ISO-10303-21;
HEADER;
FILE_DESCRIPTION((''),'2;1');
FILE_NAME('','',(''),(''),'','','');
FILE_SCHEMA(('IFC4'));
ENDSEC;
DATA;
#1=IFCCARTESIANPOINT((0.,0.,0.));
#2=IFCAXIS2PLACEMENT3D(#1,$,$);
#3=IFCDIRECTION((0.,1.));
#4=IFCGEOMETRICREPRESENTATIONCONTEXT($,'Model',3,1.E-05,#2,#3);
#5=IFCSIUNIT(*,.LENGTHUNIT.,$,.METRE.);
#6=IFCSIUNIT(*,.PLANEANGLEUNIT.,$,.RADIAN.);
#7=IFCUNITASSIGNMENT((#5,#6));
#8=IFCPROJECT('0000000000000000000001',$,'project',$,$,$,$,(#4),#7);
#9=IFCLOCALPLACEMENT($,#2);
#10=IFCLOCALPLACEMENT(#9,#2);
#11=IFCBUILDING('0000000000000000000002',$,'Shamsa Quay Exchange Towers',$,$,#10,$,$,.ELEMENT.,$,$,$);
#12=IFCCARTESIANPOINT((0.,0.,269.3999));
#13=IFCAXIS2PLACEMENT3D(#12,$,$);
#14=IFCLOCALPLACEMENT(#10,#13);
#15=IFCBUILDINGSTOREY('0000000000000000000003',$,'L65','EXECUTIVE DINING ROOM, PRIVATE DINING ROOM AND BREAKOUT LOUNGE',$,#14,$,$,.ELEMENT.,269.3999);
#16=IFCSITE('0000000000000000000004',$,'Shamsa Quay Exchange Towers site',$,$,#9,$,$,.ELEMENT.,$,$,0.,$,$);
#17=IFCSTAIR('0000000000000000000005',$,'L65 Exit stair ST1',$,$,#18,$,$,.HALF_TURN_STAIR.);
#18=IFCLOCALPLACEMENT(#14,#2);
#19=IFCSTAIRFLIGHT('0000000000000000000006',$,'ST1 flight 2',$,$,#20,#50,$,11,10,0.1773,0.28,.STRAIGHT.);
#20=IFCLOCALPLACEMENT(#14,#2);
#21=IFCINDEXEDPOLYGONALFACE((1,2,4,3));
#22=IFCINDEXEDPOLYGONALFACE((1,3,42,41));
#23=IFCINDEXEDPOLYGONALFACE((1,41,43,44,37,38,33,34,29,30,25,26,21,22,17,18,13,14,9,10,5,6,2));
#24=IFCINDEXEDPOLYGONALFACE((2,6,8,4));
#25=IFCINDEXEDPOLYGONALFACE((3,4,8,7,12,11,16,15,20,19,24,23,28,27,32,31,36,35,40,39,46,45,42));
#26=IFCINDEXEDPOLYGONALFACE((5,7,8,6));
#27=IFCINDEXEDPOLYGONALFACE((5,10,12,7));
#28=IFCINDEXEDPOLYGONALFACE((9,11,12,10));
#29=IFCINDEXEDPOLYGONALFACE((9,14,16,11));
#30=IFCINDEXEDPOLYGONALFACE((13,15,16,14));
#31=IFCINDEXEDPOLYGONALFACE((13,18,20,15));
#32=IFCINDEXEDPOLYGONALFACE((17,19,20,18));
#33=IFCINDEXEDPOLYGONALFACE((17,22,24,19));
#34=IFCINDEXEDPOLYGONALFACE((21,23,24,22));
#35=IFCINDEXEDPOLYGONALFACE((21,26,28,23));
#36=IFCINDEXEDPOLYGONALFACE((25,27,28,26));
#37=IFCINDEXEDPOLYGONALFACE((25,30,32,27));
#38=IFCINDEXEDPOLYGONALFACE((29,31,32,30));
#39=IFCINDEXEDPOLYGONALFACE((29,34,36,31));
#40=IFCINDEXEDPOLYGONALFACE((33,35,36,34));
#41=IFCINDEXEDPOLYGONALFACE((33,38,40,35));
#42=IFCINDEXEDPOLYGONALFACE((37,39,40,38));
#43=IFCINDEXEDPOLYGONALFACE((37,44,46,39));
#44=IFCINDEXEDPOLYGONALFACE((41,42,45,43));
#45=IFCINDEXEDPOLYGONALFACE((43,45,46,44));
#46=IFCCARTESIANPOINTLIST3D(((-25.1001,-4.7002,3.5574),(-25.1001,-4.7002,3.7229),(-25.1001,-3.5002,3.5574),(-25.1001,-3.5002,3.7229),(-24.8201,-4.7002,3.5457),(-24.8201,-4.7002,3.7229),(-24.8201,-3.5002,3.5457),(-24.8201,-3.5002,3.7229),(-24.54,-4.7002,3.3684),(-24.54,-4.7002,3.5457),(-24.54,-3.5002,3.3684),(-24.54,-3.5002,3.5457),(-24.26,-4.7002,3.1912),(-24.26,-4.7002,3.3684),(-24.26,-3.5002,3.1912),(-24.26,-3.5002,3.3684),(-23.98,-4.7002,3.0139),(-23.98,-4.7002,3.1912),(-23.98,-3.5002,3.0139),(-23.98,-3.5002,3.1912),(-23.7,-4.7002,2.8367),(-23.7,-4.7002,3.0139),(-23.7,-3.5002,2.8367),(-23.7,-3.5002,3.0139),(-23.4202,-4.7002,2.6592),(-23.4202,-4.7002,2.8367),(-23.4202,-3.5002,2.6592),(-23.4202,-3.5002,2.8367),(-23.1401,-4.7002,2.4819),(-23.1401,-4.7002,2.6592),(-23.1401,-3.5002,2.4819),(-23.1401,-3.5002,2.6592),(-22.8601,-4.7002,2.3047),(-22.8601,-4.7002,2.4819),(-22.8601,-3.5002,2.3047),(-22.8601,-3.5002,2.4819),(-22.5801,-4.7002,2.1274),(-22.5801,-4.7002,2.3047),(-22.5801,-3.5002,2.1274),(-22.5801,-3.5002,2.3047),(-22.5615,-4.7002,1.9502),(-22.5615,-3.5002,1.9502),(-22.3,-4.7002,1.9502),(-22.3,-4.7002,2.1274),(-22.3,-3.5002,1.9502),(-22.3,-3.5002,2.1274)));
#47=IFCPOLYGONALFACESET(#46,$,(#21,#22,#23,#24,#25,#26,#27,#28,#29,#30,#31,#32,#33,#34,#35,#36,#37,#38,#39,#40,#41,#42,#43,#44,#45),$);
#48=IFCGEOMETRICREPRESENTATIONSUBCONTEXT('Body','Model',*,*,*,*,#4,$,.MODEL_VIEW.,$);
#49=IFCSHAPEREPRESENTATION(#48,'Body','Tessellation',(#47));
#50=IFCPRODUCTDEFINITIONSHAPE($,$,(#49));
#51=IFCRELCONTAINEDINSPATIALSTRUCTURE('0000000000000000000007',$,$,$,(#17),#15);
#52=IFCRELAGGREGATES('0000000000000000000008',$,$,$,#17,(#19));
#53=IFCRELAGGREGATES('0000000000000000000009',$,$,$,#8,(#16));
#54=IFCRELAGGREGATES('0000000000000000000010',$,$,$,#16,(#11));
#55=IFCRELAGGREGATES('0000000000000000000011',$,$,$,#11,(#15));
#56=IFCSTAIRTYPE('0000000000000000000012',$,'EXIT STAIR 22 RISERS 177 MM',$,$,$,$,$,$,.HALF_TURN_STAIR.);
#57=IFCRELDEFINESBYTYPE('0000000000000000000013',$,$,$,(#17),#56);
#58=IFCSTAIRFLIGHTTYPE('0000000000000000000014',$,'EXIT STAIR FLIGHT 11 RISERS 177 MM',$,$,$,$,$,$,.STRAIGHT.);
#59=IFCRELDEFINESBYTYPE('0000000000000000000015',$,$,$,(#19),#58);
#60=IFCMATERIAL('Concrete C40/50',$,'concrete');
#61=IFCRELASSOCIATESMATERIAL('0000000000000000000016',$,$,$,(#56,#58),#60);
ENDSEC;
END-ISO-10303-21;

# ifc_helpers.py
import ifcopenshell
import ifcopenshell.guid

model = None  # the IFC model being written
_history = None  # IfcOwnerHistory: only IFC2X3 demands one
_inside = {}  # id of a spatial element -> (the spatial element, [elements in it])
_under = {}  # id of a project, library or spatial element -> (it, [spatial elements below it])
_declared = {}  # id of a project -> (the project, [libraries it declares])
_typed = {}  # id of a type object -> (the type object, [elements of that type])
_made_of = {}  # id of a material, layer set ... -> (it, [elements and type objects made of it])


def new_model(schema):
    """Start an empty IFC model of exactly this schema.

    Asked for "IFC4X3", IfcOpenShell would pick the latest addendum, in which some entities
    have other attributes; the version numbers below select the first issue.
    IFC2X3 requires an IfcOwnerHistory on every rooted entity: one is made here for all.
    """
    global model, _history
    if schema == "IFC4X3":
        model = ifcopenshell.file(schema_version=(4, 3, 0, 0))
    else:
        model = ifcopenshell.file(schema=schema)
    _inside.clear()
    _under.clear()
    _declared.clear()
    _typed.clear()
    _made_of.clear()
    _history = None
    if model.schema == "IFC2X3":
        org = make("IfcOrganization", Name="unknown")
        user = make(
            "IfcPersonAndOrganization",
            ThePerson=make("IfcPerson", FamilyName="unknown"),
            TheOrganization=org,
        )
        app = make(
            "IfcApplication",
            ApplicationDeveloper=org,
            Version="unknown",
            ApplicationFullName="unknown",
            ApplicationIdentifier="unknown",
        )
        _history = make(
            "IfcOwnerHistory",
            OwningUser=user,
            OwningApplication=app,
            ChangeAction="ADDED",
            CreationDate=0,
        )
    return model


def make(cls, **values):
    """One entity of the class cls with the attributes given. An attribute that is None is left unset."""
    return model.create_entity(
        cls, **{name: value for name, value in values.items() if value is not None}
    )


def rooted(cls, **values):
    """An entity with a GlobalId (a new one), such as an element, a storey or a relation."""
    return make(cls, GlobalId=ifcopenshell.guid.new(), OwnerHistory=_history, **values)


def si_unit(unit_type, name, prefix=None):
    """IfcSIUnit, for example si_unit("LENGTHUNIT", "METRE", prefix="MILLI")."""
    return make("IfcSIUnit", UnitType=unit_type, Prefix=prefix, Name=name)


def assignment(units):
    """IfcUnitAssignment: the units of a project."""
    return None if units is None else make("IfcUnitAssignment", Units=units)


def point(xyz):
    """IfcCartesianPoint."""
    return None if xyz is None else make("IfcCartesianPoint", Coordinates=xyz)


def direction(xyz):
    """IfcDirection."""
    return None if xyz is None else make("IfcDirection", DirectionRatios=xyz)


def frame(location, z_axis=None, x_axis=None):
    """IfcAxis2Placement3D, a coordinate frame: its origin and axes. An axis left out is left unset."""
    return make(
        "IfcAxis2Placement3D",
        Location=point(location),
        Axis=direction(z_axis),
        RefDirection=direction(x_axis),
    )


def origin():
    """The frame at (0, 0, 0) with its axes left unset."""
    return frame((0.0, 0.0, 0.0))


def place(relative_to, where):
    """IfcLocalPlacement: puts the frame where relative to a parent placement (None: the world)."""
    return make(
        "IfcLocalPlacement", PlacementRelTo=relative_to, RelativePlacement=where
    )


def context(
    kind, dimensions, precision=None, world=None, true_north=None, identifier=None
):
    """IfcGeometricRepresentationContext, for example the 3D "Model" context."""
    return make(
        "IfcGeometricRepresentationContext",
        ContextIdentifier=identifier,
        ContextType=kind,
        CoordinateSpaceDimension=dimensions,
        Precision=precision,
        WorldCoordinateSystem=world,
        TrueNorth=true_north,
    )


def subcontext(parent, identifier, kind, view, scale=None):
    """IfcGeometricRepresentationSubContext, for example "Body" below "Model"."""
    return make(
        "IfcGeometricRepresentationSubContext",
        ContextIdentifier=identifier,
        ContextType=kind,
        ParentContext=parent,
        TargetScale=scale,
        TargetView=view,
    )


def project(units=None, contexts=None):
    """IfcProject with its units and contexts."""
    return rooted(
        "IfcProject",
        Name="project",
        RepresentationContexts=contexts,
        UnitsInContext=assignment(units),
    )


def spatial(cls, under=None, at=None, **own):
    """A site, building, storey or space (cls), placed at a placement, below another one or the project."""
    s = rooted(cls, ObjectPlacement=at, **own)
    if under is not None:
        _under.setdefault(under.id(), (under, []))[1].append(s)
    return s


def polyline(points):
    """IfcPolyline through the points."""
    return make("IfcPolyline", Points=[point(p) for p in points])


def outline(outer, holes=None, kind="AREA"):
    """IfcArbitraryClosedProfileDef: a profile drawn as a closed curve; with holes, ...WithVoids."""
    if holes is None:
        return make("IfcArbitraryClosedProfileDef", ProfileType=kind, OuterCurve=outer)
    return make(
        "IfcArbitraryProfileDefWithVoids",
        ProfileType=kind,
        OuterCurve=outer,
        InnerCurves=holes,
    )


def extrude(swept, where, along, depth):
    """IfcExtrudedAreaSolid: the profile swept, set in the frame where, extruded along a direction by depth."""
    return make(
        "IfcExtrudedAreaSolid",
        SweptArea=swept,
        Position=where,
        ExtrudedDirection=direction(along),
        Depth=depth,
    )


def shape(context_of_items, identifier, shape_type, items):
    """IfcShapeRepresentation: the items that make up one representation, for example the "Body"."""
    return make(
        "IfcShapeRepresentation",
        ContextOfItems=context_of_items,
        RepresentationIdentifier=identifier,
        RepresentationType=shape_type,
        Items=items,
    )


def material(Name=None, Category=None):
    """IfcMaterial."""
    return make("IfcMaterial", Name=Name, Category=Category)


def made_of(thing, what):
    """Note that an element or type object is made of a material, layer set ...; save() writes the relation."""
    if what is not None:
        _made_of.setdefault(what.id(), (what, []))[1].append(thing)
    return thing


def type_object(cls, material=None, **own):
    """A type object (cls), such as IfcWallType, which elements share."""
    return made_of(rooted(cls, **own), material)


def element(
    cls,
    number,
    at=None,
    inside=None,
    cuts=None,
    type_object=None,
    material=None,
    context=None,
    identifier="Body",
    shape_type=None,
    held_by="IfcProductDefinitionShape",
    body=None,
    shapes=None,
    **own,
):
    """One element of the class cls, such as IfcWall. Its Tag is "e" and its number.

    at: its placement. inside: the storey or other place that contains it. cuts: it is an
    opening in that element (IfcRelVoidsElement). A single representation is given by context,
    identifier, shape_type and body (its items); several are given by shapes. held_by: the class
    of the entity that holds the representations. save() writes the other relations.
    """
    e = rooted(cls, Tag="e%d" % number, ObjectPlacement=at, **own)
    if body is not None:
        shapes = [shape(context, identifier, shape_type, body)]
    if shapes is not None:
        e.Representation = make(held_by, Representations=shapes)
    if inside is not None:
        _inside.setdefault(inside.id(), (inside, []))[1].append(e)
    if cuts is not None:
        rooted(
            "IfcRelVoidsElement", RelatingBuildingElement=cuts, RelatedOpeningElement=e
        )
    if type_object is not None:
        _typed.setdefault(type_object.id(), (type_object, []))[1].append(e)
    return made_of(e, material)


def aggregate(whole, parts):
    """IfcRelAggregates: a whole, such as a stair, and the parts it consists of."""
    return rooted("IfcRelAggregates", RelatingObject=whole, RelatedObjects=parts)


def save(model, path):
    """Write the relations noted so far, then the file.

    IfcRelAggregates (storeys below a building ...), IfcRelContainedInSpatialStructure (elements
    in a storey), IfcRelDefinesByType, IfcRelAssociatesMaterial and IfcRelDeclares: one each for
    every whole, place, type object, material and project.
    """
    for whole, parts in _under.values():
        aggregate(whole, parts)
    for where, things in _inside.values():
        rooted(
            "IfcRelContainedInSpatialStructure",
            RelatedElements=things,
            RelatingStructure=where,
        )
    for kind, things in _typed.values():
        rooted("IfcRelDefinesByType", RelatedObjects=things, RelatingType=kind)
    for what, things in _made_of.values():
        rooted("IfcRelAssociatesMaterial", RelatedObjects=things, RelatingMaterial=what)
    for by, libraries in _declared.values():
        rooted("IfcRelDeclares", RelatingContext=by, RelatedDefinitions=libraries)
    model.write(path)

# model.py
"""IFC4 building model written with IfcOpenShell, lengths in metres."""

from ifc_helpers import new_model, si_unit, direction, frame, origin, place, context, subcontext, project, spatial, polyline, outline, extrude, material, type_object, element, aggregate, save


model = new_model("IFC4")

# Units and contexts
model_context = context("Model", 3, precision=1e-05, world=origin(), true_north=direction((0.0, 1.0)))
body_context = subcontext(model_context, "Body", "Model", "MODEL_VIEW")
ifc_project = project(units=[si_unit("LENGTHUNIT", "METRE"), si_unit("PLANEANGLEUNIT", "RADIAN")], contexts=[model_context])

# Site, building, storey
site_placement = place(None, origin())
site = spatial("IfcSite", under=ifc_project, at=site_placement, Name="Shamsa Quay Exchange Towers site", CompositionType="ELEMENT", RefElevation=0.0)
building_placement = place(site_placement, origin())
building = spatial("IfcBuilding", under=site, at=building_placement, Name="Shamsa Quay Exchange Towers", CompositionType="ELEMENT")
storey_placement = place(building_placement, frame((0.0, 0.0, 269.3999)))
storey = spatial("IfcBuildingStorey", under=building, at=storey_placement, Name="L65", Description="EXECUTIVE DINING ROOM, PRIVATE DINING ROOM AND BREAKOUT LOUNGE", CompositionType="ELEMENT", Elevation=269.3999)

# Shared definitions
ifc_material_1 = material(Name="Concrete C40/50", Category="concrete")

# Stair, stair flight
stair_type = type_object("IfcStairType", Name="EXIT STAIR 22 RISERS 177 MM", PredefinedType="HALF_TURN_STAIR", material=ifc_material_1)
stair_placement = place(storey_placement, origin())
stair = element("IfcStair", 1, at=stair_placement, inside=storey, type_object=stair_type, Name="L65 Exit stair ST1", PredefinedType="HALF_TURN_STAIR")
stair_flight_type = type_object("IfcStairFlightType", Name="EXIT STAIR FLIGHT 11 RISERS 177 MM", PredefinedType="STRAIGHT", material=ifc_material_1)
stair_flight_placement = place(storey_placement, frame((-22.3, -4.1001, 1.9502), z_axis=(0.0, 0.0, 1.0), x_axis=(-1.0, 0.0, 0.0)))
stair_flight = element("IfcStairFlight", 2, at=stair_flight_placement, type_object=stair_flight_type, Name="ST1 flight 2", NumberOfRisers=11, NumberOfTreads=10, PredefinedType="STRAIGHT", RiserHeight=0.1773, TreadLength=0.28, context=body_context, shape_type="SweptSolid", body=[
    extrude(outline(polyline([(0.0, 0.0), (0.0, 0.1772), (0.28, 0.1772), (0.28, 0.3545), (0.5601, 0.3545), (0.5601, 0.5317), (0.8401, 0.5317), (0.8401, 0.709), (1.1201, 0.709), (1.1201, 0.8865), (1.3999, 0.8865), (1.3999, 1.0637), (1.6799, 1.0637), (1.6799, 1.241), (1.96, 1.241), (1.96, 1.4182), (2.24, 1.4182), (2.24, 1.5955), (2.52, 1.5955), (2.52, 1.7727), (2.8, 1.7727), (2.8, 1.95), (2.8, 1.6072), (0.2615, 0.0), (0.0, 0.0)])), frame((0.0, 0.6001, 0.0), z_axis=(0.0, -1.0, 0.0), x_axis=(1.0, 0.0, 0.0)), (0.0, 0.0, 1.0), 1.2),
])
aggregate(stair, [stair_flight])

save(model, "model.ifc")
